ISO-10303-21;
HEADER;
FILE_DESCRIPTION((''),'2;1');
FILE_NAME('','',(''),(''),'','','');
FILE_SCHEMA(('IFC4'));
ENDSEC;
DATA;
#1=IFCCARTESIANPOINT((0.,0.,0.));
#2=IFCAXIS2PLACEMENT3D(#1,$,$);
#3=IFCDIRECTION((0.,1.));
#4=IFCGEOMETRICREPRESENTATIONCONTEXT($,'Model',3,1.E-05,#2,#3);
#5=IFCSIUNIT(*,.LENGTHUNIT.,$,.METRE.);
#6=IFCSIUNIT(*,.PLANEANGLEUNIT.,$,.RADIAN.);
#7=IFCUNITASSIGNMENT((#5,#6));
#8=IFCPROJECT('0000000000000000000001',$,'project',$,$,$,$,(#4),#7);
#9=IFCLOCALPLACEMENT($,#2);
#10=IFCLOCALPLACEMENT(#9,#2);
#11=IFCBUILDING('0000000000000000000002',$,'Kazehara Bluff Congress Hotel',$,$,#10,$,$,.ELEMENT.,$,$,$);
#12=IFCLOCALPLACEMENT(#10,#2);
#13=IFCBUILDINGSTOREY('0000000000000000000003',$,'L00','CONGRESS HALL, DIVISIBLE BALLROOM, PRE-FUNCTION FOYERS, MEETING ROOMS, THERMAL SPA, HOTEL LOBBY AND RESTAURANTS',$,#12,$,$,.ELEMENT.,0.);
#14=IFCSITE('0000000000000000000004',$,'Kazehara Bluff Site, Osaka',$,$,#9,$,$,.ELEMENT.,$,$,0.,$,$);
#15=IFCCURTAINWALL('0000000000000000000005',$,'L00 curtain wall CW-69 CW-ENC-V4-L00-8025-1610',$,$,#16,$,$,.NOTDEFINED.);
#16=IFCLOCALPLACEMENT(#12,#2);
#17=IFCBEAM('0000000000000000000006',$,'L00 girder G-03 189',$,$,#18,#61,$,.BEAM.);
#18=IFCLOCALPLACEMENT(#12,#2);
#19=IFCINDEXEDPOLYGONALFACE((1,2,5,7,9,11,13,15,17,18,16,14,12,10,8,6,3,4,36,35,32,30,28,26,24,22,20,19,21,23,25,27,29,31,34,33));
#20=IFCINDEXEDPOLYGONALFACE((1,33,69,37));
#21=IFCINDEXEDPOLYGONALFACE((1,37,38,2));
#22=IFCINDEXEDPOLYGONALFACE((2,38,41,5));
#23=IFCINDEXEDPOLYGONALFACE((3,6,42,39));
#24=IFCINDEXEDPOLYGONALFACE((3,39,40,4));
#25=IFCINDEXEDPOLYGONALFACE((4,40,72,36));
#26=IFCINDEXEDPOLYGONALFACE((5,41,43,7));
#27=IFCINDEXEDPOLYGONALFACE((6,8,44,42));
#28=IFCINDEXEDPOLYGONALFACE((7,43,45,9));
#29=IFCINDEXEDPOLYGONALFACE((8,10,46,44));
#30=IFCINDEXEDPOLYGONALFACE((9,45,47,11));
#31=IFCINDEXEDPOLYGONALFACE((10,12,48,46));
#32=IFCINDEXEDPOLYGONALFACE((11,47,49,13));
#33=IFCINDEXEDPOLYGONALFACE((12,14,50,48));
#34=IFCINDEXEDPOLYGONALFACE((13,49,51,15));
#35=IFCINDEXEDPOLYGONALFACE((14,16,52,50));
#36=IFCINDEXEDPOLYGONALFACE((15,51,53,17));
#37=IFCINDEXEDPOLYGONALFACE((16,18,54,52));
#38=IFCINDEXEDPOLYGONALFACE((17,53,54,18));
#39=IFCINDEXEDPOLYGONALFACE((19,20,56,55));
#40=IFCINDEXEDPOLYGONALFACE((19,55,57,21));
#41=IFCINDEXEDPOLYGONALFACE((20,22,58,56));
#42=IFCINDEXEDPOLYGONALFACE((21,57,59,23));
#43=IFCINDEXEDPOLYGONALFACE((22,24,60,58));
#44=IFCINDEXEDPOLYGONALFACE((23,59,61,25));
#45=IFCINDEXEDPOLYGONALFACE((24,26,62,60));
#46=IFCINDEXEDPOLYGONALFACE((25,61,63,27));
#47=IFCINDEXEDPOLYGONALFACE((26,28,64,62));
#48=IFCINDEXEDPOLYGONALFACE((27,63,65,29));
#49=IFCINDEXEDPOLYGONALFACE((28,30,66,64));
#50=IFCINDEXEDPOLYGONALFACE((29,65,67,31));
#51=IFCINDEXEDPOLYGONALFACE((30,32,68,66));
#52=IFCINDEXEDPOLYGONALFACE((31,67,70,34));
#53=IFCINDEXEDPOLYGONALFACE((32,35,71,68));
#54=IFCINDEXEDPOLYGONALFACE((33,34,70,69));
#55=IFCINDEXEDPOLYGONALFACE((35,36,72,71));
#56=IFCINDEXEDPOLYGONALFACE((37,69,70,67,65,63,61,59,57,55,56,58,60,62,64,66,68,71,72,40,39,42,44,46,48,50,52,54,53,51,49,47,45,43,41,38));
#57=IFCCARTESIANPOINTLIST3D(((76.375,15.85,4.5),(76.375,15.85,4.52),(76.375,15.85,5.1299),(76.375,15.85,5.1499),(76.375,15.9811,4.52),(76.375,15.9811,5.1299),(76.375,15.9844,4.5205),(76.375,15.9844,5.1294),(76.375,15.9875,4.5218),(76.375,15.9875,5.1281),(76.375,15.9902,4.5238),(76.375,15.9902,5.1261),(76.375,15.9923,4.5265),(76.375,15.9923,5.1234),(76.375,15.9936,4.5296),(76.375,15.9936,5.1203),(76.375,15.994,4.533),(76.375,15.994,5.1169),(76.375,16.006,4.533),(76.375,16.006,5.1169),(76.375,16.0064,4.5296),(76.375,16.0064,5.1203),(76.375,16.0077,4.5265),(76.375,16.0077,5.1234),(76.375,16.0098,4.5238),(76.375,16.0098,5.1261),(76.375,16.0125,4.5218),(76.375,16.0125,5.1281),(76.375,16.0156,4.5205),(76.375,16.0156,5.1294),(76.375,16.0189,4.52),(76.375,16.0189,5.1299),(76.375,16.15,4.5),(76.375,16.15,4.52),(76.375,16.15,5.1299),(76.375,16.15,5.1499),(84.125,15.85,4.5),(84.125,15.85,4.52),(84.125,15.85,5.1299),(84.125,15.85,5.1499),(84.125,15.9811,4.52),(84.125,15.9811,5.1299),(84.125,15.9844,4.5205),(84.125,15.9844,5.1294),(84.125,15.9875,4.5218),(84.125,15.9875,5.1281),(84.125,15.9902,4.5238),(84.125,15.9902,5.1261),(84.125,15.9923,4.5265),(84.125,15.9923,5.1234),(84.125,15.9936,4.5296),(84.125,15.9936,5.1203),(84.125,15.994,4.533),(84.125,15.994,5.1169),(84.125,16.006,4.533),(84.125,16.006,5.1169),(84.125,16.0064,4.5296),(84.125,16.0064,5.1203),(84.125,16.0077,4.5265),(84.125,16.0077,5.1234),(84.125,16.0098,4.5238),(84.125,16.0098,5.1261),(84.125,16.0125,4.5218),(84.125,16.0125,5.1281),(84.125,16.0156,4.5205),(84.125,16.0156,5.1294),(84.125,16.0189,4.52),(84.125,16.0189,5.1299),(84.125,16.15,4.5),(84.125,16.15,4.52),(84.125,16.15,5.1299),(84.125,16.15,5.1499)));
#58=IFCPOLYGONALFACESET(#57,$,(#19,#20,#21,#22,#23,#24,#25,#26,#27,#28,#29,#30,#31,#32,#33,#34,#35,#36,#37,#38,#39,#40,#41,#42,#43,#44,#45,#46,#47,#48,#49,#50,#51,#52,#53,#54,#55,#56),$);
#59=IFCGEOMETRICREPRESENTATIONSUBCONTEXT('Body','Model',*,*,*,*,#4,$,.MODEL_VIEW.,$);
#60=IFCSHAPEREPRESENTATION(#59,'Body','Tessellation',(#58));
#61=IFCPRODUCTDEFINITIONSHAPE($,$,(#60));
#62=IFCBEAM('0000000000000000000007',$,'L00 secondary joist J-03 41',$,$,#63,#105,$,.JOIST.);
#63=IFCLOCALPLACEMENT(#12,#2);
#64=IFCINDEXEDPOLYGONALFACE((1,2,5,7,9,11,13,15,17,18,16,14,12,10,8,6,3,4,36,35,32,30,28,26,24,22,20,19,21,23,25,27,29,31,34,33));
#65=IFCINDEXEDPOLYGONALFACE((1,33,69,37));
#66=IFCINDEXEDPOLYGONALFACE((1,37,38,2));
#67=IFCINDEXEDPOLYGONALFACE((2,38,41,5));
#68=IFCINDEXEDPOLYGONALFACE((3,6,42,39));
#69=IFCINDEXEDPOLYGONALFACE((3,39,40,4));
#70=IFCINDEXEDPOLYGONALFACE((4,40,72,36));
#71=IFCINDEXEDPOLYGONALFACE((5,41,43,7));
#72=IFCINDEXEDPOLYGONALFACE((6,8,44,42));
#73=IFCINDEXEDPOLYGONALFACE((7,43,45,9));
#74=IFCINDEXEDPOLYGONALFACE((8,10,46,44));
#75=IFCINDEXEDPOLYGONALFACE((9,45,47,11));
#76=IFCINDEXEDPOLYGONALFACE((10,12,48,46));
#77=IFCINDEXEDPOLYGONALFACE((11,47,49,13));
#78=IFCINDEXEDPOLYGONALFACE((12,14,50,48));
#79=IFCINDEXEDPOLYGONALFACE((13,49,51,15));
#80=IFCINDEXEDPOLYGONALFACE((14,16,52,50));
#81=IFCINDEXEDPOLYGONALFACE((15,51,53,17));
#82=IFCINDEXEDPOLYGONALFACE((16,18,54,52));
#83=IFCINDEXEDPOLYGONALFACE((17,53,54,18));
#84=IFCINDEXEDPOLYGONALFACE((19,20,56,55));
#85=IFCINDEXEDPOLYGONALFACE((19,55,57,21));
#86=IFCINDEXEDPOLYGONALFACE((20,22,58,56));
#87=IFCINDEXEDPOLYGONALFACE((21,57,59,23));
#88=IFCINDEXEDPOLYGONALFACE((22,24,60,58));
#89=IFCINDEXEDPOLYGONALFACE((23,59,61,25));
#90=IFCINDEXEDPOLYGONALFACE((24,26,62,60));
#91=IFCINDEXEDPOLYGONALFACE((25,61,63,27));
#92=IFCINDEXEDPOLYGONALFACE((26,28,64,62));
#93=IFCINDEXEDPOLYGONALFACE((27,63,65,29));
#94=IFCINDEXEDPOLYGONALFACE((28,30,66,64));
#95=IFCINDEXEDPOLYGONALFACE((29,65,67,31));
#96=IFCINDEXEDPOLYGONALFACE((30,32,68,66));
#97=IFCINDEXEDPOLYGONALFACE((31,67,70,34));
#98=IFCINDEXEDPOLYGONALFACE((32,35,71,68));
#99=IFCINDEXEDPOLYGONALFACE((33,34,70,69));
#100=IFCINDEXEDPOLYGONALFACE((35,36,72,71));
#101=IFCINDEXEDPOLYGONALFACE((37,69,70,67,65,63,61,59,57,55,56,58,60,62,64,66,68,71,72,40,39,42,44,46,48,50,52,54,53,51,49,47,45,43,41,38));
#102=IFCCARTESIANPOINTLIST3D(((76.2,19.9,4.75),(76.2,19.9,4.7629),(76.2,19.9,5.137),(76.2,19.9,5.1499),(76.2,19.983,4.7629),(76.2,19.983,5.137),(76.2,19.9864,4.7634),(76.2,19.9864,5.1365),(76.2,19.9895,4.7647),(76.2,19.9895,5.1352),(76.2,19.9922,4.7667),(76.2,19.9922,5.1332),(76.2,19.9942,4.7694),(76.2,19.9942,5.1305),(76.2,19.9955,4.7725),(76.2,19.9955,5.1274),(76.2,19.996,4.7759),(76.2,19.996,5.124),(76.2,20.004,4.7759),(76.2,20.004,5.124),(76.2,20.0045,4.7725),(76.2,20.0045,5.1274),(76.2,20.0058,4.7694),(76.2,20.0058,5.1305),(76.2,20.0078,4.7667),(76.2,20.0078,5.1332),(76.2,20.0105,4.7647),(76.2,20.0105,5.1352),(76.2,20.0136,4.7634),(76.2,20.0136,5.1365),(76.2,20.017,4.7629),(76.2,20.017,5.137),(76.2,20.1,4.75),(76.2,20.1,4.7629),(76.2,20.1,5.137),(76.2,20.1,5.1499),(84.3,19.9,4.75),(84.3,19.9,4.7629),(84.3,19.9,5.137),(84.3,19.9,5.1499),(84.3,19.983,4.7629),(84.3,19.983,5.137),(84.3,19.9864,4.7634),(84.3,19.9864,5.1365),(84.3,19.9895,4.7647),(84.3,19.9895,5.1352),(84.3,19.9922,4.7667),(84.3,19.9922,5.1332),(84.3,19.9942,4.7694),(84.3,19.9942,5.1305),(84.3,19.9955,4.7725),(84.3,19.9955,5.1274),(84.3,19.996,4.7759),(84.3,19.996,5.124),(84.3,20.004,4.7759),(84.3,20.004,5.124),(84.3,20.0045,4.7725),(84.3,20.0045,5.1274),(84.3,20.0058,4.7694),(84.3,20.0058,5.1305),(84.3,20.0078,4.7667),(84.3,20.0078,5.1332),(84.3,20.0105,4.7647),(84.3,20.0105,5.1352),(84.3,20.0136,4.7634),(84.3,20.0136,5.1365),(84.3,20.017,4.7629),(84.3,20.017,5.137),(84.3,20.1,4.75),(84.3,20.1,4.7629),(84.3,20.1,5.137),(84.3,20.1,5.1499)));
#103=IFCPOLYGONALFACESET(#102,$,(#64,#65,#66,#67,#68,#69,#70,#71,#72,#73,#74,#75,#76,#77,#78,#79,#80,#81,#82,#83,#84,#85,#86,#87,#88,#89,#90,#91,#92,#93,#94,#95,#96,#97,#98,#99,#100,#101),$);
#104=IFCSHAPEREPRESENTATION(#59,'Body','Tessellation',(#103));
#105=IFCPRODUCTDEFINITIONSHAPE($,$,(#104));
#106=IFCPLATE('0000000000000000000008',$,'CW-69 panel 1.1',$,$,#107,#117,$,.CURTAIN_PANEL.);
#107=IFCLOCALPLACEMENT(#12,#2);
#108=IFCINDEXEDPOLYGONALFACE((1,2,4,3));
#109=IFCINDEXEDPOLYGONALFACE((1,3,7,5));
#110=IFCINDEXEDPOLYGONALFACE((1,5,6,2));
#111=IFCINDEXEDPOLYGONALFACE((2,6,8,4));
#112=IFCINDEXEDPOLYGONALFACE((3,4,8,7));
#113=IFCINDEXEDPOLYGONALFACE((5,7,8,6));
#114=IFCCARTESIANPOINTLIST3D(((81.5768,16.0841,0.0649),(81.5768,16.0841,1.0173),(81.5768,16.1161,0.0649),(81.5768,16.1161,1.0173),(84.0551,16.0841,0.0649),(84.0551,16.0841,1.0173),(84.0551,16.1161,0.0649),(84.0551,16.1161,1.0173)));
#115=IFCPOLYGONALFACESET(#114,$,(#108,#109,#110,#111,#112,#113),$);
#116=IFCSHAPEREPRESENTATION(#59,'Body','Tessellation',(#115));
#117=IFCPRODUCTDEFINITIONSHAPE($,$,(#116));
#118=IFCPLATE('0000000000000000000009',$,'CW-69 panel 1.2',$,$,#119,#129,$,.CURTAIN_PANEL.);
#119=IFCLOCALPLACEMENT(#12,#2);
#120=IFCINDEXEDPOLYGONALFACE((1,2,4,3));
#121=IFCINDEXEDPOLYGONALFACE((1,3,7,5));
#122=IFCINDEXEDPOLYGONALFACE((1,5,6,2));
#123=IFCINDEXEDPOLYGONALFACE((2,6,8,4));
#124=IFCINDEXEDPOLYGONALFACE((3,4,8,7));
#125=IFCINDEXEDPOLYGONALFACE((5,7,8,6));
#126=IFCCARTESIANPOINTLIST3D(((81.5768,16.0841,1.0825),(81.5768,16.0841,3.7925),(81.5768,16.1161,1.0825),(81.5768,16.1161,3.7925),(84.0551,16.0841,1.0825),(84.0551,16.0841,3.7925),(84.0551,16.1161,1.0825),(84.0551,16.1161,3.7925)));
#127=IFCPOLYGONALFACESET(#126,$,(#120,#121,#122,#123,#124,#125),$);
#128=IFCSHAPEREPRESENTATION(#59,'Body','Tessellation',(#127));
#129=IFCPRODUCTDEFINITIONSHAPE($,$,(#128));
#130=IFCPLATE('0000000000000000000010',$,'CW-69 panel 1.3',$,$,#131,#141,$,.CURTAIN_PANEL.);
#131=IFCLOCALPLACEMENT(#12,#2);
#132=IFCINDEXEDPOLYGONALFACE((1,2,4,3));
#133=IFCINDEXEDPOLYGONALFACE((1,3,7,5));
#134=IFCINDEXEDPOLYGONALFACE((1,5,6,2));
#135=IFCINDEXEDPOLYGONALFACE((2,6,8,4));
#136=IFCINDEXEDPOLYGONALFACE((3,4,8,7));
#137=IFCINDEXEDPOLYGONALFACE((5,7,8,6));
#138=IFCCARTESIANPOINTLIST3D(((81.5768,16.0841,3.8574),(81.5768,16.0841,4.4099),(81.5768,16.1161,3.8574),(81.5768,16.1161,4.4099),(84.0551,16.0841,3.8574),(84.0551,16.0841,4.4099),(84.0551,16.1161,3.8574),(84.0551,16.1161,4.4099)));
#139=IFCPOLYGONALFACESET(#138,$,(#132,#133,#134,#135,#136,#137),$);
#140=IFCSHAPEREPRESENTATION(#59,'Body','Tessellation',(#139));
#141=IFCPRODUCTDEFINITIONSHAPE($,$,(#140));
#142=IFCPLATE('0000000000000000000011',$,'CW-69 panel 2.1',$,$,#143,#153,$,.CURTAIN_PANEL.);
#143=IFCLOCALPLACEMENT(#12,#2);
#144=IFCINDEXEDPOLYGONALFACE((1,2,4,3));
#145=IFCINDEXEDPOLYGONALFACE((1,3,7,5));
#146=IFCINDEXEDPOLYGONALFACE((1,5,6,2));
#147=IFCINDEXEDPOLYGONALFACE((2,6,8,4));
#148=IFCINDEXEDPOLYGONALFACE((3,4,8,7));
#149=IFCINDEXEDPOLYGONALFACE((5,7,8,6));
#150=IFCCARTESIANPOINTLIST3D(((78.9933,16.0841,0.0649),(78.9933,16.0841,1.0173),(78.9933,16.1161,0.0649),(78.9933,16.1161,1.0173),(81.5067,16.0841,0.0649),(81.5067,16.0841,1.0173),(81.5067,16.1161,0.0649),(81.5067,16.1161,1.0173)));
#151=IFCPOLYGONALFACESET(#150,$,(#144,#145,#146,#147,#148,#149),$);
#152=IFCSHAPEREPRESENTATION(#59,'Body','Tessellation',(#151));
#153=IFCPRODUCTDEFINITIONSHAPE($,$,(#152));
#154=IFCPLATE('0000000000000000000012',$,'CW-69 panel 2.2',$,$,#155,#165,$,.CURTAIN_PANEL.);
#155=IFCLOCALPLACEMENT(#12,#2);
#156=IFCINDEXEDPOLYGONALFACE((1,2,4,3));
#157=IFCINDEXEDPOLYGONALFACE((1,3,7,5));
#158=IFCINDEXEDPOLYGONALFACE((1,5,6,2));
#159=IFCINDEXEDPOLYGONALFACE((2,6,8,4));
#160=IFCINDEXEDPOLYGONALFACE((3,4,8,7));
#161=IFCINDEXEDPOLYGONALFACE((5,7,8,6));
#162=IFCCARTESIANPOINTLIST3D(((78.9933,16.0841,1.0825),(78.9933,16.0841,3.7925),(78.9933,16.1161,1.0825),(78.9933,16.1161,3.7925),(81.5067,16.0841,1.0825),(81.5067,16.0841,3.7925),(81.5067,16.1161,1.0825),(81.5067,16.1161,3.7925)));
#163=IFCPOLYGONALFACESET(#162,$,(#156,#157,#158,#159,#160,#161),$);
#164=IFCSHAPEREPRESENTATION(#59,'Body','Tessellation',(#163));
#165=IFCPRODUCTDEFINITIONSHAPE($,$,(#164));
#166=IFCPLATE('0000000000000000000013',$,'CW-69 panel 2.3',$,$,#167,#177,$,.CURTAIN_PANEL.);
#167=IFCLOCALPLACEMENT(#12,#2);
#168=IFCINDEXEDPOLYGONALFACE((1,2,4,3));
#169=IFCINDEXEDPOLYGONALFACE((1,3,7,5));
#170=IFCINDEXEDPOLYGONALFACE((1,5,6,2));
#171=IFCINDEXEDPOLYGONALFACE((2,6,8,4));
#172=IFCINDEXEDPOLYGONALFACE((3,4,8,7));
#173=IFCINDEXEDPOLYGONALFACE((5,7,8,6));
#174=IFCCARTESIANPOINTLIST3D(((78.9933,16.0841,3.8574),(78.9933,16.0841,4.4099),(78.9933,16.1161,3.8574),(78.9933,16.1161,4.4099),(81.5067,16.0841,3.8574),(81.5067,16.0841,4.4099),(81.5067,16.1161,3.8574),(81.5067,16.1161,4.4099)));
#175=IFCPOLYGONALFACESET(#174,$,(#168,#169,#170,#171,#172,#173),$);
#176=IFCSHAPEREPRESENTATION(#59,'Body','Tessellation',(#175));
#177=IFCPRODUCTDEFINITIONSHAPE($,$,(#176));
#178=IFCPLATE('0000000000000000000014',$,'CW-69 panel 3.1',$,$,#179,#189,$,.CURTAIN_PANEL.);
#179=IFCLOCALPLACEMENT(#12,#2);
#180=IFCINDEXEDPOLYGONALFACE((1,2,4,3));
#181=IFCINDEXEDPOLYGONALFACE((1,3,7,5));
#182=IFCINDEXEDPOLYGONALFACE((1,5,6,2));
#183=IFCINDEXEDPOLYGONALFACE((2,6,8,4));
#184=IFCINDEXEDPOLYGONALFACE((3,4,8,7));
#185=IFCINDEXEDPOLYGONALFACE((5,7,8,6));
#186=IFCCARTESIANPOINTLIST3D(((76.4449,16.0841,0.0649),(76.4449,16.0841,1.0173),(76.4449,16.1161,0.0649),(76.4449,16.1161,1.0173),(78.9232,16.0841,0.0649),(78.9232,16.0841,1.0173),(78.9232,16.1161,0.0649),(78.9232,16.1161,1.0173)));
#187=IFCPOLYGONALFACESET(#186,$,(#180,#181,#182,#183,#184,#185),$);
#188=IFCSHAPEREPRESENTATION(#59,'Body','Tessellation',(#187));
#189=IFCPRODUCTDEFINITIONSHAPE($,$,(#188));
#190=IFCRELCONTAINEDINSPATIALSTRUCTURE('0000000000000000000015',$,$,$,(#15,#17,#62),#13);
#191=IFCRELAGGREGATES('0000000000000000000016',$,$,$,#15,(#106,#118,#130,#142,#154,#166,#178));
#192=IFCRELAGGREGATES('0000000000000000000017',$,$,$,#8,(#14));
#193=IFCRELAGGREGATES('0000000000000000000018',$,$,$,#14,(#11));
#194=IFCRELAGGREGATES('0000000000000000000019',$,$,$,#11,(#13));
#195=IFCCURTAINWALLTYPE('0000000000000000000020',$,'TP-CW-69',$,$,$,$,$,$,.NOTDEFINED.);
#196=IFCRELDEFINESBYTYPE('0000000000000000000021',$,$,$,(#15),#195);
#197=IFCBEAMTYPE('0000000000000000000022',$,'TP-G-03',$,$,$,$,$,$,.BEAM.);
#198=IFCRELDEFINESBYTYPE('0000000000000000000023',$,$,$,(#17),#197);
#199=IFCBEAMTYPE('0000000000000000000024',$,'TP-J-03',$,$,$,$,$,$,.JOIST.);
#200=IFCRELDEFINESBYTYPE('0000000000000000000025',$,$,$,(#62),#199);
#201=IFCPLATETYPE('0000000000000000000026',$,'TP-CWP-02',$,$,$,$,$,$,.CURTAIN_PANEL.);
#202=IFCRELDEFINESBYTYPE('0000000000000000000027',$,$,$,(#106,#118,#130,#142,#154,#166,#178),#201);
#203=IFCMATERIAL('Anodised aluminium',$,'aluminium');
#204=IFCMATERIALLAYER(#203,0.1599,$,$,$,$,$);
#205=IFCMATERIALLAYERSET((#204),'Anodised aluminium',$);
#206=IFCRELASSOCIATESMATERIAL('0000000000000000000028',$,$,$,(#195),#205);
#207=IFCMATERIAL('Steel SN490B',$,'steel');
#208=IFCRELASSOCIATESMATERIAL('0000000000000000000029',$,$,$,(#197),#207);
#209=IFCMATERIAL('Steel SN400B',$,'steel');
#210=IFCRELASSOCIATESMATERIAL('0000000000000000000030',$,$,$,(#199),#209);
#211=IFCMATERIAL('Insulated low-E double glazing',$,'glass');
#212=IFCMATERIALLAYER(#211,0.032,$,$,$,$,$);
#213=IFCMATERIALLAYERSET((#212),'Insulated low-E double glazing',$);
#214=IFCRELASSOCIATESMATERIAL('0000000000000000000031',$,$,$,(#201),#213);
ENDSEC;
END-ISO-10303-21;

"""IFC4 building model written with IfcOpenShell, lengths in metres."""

from ifc_helpers import new_model, si_unit, direction, frame, origin, origin_2d, place, context, subcontext, project, spatial, rectangle, i_section, extrude, material, layer, layer_set, material_profile, profile_set, type_object, element, aggregate, save


model = new_model("IFC4")

# Units and contexts
model_context = context("Model", 3, precision=1e-05, world=origin(), true_north=direction((0.0, 1.0)))
body_context = subcontext(model_context, "Body", "Model", "MODEL_VIEW")
ifc_project = project(units=[si_unit("LENGTHUNIT", "METRE"), si_unit("PLANEANGLEUNIT", "RADIAN")], contexts=[model_context])

# Site, building, storey
site_placement = place(None, origin())
site = spatial("IfcSite", under=ifc_project, at=site_placement, Name="Kazehara Bluff Site, Osaka", CompositionType="ELEMENT", RefElevation=0.0)
building_placement = place(site_placement, origin())
building = spatial("IfcBuilding", under=site, at=building_placement, Name="Kazehara Bluff Congress Hotel", CompositionType="ELEMENT")
storey_placement = place(building_placement, origin())
storey = spatial("IfcBuildingStorey", under=building, at=storey_placement, Name="L00", Description="CONGRESS HALL, DIVISIBLE BALLROOM, PRE-FUNCTION FOYERS, MEETING ROOMS, THERMAL SPA, HOTEL LOBBY AND RESTAURANTS", CompositionType="ELEMENT", Elevation=0.0)

# Curtain wall
ifc_material_1 = material(Name="Anodised aluminium", Category="aluminium")
ifc_layer_1 = layer(ifc_material_1, 0.1599)
ifc_layer_set_1 = layer_set([ifc_layer_1], Name="Anodised aluminium")
curtain_wall_type_1 = type_object("IfcCurtainWallType", Name="TP-CW-69", PredefinedType="NOTDEFINED", material=ifc_layer_set_1)
curtain_wall_1_placement = place(storey_placement, origin())
curtain_wall_1 = element("IfcCurtainWall", 1, at=curtain_wall_1_placement, inside=storey, type_object=curtain_wall_type_1, Name="L00 curtain wall CW-69 CW-ENC-V4-L00-8025-1610", PredefinedType="NOTDEFINED")

# Beams
ifc_material_2 = material(Name="Steel SN490B", Category="steel")
ifc_material_profile_1 = material_profile(ifc_material_2, i_section(OverallWidth=0.3, OverallDepth=0.6499, WebThickness=0.012, FlangeThickness=0.02, FilletRadius=0.0129, at=origin_2d()))
ifc_profile_set_1 = profile_set([ifc_material_profile_1], Name="Steel SN490B")
beam_type_1 = type_object("IfcBeamType", Name="TP-G-03", PredefinedType="BEAM", material=ifc_profile_set_1)
beam_1_placement = place(storey_placement, frame((76.375, 16.0, 4.825), z_axis=(1.0, 0.0, 0.0), x_axis=(0.0, 1.0, 0.0)))
element("IfcBeam", 2, at=beam_1_placement, inside=storey, type_object=beam_type_1, Name="L00 girder G-03 189", PredefinedType="BEAM", context=body_context, shape_type="SweptSolid", body=[
    extrude(i_section(OverallWidth=0.3, OverallDepth=0.6499, WebThickness=0.012, FlangeThickness=0.02, FilletRadius=0.0129, at=origin_2d()), origin(), (0.0, 0.0, 1.0), 7.75),
])
ifc_material_3 = material(Name="Steel SN400B", Category="steel")
ifc_material_profile_2 = material_profile(ifc_material_3, i_section(OverallWidth=0.2, OverallDepth=0.3999, WebThickness=0.0081, FlangeThickness=0.0129, FilletRadius=0.0129, at=origin_2d()))
ifc_profile_set_2 = profile_set([ifc_material_profile_2], Name="Steel SN400B")
beam_type_2 = type_object("IfcBeamType", Name="TP-J-03", PredefinedType="JOIST", material=ifc_profile_set_2)
beam_2_placement = place(storey_placement, frame((76.2, 20.0, 4.95), z_axis=(1.0, 0.0, 0.0), x_axis=(0.0, 1.0, 0.0)))
element("IfcBeam", 3, at=beam_2_placement, inside=storey, type_object=beam_type_2, Name="L00 secondary joist J-03 41", PredefinedType="JOIST", context=body_context, shape_type="SweptSolid", body=[
    extrude(i_section(OverallWidth=0.2, OverallDepth=0.3999, WebThickness=0.0081, FlangeThickness=0.0129, FilletRadius=0.0129, at=origin_2d()), origin(), (0.0, 0.0, 1.0), 8.1001),
])

# Plates
ifc_material_4 = material(Name="Insulated low-E double glazing", Category="glass")
ifc_layer_2 = layer(ifc_material_4, 0.032)
ifc_layer_set_2 = layer_set([ifc_layer_2], Name="Insulated low-E double glazing")
plate_type = type_object("IfcPlateType", Name="TP-CWP-02", PredefinedType="CURTAIN_PANEL", material=ifc_layer_set_2)
plate_1_placement = place(storey_placement, frame((82.8159, 16.1001, 0.0649), z_axis=(0.0, 0.0, 1.0), x_axis=(-1.0, 0.0, 0.0)))
plate_1 = element("IfcPlate", 4, at=plate_1_placement, type_object=plate_type, Name="CW-69 panel 1.1", PredefinedType="CURTAIN_PANEL", context=body_context, shape_type="SweptSolid", body=[
    extrude(rectangle(XDim=2.4783, YDim=0.032, at=origin_2d()), origin(), (0.0, 0.0, 1.0), 0.9524),
])
plate_2_placement = place(storey_placement, frame((82.8159, 16.1001, 1.0825), z_axis=(0.0, 0.0, 1.0), x_axis=(-1.0, 0.0, 0.0)))
plate_2 = element("IfcPlate", 5, at=plate_2_placement, type_object=plate_type, Name="CW-69 panel 1.2", PredefinedType="CURTAIN_PANEL", context=body_context, shape_type="SweptSolid", body=[
    extrude(rectangle(XDim=2.4783, YDim=0.032, at=origin_2d()), origin(), (0.0, 0.0, 1.0), 2.71),
])
plate_3_placement = place(storey_placement, frame((82.8159, 16.1001, 3.8574), z_axis=(0.0, 0.0, 1.0), x_axis=(-1.0, 0.0, 0.0)))
plate_3 = element("IfcPlate", 6, at=plate_3_placement, type_object=plate_type, Name="CW-69 panel 1.3", PredefinedType="CURTAIN_PANEL", context=body_context, shape_type="SweptSolid", body=[
    extrude(rectangle(XDim=2.4783, YDim=0.032, at=origin_2d()), origin(), (0.0, 0.0, 1.0), 0.5525),
])
plate_4_placement = place(storey_placement, frame((80.25, 16.1001, 0.0649), z_axis=(0.0, 0.0, 1.0), x_axis=(-1.0, 0.0, 0.0)))
plate_4 = element("IfcPlate", 7, at=plate_4_placement, type_object=plate_type, Name="CW-69 panel 2.1", PredefinedType="CURTAIN_PANEL", context=body_context, shape_type="SweptSolid", body=[
    extrude(rectangle(XDim=2.5134, YDim=0.032, at=origin_2d()), origin(), (0.0, 0.0, 1.0), 0.9524),
])
plate_5_placement = place(storey_placement, frame((80.25, 16.1001, 1.0825), z_axis=(0.0, 0.0, 1.0), x_axis=(-1.0, 0.0, 0.0)))
plate_5 = element("IfcPlate", 8, at=plate_5_placement, type_object=plate_type, Name="CW-69 panel 2.2", PredefinedType="CURTAIN_PANEL", context=body_context, shape_type="SweptSolid", body=[
    extrude(rectangle(XDim=2.5134, YDim=0.032, at=origin_2d()), origin(), (0.0, 0.0, 1.0), 2.71),
])
plate_6_placement = place(storey_placement, frame((80.25, 16.1001, 3.8574), z_axis=(0.0, 0.0, 1.0), x_axis=(-1.0, 0.0, 0.0)))
plate_6 = element("IfcPlate", 9, at=plate_6_placement, type_object=plate_type, Name="CW-69 panel 2.3", PredefinedType="CURTAIN_PANEL", context=body_context, shape_type="SweptSolid", body=[
    extrude(rectangle(XDim=2.5134, YDim=0.032, at=origin_2d()), origin(), (0.0, 0.0, 1.0), 0.5525),
])
plate_7_placement = place(storey_placement, frame((77.6841, 16.1001, 0.0649), z_axis=(0.0, 0.0, 1.0), x_axis=(-1.0, 0.0, 0.0)))
plate_7 = element("IfcPlate", 10, at=plate_7_placement, type_object=plate_type, Name="CW-69 panel 3.1", PredefinedType="CURTAIN_PANEL", context=body_context, shape_type="SweptSolid", body=[
    extrude(rectangle(XDim=2.4783, YDim=0.032, at=origin_2d()), origin(), (0.0, 0.0, 1.0), 0.9524),
])
aggregate(curtain_wall_1, [plate_1, plate_2, plate_3, plate_4, plate_5, plate_6, plate_7])

save(model, "model.ifc")
